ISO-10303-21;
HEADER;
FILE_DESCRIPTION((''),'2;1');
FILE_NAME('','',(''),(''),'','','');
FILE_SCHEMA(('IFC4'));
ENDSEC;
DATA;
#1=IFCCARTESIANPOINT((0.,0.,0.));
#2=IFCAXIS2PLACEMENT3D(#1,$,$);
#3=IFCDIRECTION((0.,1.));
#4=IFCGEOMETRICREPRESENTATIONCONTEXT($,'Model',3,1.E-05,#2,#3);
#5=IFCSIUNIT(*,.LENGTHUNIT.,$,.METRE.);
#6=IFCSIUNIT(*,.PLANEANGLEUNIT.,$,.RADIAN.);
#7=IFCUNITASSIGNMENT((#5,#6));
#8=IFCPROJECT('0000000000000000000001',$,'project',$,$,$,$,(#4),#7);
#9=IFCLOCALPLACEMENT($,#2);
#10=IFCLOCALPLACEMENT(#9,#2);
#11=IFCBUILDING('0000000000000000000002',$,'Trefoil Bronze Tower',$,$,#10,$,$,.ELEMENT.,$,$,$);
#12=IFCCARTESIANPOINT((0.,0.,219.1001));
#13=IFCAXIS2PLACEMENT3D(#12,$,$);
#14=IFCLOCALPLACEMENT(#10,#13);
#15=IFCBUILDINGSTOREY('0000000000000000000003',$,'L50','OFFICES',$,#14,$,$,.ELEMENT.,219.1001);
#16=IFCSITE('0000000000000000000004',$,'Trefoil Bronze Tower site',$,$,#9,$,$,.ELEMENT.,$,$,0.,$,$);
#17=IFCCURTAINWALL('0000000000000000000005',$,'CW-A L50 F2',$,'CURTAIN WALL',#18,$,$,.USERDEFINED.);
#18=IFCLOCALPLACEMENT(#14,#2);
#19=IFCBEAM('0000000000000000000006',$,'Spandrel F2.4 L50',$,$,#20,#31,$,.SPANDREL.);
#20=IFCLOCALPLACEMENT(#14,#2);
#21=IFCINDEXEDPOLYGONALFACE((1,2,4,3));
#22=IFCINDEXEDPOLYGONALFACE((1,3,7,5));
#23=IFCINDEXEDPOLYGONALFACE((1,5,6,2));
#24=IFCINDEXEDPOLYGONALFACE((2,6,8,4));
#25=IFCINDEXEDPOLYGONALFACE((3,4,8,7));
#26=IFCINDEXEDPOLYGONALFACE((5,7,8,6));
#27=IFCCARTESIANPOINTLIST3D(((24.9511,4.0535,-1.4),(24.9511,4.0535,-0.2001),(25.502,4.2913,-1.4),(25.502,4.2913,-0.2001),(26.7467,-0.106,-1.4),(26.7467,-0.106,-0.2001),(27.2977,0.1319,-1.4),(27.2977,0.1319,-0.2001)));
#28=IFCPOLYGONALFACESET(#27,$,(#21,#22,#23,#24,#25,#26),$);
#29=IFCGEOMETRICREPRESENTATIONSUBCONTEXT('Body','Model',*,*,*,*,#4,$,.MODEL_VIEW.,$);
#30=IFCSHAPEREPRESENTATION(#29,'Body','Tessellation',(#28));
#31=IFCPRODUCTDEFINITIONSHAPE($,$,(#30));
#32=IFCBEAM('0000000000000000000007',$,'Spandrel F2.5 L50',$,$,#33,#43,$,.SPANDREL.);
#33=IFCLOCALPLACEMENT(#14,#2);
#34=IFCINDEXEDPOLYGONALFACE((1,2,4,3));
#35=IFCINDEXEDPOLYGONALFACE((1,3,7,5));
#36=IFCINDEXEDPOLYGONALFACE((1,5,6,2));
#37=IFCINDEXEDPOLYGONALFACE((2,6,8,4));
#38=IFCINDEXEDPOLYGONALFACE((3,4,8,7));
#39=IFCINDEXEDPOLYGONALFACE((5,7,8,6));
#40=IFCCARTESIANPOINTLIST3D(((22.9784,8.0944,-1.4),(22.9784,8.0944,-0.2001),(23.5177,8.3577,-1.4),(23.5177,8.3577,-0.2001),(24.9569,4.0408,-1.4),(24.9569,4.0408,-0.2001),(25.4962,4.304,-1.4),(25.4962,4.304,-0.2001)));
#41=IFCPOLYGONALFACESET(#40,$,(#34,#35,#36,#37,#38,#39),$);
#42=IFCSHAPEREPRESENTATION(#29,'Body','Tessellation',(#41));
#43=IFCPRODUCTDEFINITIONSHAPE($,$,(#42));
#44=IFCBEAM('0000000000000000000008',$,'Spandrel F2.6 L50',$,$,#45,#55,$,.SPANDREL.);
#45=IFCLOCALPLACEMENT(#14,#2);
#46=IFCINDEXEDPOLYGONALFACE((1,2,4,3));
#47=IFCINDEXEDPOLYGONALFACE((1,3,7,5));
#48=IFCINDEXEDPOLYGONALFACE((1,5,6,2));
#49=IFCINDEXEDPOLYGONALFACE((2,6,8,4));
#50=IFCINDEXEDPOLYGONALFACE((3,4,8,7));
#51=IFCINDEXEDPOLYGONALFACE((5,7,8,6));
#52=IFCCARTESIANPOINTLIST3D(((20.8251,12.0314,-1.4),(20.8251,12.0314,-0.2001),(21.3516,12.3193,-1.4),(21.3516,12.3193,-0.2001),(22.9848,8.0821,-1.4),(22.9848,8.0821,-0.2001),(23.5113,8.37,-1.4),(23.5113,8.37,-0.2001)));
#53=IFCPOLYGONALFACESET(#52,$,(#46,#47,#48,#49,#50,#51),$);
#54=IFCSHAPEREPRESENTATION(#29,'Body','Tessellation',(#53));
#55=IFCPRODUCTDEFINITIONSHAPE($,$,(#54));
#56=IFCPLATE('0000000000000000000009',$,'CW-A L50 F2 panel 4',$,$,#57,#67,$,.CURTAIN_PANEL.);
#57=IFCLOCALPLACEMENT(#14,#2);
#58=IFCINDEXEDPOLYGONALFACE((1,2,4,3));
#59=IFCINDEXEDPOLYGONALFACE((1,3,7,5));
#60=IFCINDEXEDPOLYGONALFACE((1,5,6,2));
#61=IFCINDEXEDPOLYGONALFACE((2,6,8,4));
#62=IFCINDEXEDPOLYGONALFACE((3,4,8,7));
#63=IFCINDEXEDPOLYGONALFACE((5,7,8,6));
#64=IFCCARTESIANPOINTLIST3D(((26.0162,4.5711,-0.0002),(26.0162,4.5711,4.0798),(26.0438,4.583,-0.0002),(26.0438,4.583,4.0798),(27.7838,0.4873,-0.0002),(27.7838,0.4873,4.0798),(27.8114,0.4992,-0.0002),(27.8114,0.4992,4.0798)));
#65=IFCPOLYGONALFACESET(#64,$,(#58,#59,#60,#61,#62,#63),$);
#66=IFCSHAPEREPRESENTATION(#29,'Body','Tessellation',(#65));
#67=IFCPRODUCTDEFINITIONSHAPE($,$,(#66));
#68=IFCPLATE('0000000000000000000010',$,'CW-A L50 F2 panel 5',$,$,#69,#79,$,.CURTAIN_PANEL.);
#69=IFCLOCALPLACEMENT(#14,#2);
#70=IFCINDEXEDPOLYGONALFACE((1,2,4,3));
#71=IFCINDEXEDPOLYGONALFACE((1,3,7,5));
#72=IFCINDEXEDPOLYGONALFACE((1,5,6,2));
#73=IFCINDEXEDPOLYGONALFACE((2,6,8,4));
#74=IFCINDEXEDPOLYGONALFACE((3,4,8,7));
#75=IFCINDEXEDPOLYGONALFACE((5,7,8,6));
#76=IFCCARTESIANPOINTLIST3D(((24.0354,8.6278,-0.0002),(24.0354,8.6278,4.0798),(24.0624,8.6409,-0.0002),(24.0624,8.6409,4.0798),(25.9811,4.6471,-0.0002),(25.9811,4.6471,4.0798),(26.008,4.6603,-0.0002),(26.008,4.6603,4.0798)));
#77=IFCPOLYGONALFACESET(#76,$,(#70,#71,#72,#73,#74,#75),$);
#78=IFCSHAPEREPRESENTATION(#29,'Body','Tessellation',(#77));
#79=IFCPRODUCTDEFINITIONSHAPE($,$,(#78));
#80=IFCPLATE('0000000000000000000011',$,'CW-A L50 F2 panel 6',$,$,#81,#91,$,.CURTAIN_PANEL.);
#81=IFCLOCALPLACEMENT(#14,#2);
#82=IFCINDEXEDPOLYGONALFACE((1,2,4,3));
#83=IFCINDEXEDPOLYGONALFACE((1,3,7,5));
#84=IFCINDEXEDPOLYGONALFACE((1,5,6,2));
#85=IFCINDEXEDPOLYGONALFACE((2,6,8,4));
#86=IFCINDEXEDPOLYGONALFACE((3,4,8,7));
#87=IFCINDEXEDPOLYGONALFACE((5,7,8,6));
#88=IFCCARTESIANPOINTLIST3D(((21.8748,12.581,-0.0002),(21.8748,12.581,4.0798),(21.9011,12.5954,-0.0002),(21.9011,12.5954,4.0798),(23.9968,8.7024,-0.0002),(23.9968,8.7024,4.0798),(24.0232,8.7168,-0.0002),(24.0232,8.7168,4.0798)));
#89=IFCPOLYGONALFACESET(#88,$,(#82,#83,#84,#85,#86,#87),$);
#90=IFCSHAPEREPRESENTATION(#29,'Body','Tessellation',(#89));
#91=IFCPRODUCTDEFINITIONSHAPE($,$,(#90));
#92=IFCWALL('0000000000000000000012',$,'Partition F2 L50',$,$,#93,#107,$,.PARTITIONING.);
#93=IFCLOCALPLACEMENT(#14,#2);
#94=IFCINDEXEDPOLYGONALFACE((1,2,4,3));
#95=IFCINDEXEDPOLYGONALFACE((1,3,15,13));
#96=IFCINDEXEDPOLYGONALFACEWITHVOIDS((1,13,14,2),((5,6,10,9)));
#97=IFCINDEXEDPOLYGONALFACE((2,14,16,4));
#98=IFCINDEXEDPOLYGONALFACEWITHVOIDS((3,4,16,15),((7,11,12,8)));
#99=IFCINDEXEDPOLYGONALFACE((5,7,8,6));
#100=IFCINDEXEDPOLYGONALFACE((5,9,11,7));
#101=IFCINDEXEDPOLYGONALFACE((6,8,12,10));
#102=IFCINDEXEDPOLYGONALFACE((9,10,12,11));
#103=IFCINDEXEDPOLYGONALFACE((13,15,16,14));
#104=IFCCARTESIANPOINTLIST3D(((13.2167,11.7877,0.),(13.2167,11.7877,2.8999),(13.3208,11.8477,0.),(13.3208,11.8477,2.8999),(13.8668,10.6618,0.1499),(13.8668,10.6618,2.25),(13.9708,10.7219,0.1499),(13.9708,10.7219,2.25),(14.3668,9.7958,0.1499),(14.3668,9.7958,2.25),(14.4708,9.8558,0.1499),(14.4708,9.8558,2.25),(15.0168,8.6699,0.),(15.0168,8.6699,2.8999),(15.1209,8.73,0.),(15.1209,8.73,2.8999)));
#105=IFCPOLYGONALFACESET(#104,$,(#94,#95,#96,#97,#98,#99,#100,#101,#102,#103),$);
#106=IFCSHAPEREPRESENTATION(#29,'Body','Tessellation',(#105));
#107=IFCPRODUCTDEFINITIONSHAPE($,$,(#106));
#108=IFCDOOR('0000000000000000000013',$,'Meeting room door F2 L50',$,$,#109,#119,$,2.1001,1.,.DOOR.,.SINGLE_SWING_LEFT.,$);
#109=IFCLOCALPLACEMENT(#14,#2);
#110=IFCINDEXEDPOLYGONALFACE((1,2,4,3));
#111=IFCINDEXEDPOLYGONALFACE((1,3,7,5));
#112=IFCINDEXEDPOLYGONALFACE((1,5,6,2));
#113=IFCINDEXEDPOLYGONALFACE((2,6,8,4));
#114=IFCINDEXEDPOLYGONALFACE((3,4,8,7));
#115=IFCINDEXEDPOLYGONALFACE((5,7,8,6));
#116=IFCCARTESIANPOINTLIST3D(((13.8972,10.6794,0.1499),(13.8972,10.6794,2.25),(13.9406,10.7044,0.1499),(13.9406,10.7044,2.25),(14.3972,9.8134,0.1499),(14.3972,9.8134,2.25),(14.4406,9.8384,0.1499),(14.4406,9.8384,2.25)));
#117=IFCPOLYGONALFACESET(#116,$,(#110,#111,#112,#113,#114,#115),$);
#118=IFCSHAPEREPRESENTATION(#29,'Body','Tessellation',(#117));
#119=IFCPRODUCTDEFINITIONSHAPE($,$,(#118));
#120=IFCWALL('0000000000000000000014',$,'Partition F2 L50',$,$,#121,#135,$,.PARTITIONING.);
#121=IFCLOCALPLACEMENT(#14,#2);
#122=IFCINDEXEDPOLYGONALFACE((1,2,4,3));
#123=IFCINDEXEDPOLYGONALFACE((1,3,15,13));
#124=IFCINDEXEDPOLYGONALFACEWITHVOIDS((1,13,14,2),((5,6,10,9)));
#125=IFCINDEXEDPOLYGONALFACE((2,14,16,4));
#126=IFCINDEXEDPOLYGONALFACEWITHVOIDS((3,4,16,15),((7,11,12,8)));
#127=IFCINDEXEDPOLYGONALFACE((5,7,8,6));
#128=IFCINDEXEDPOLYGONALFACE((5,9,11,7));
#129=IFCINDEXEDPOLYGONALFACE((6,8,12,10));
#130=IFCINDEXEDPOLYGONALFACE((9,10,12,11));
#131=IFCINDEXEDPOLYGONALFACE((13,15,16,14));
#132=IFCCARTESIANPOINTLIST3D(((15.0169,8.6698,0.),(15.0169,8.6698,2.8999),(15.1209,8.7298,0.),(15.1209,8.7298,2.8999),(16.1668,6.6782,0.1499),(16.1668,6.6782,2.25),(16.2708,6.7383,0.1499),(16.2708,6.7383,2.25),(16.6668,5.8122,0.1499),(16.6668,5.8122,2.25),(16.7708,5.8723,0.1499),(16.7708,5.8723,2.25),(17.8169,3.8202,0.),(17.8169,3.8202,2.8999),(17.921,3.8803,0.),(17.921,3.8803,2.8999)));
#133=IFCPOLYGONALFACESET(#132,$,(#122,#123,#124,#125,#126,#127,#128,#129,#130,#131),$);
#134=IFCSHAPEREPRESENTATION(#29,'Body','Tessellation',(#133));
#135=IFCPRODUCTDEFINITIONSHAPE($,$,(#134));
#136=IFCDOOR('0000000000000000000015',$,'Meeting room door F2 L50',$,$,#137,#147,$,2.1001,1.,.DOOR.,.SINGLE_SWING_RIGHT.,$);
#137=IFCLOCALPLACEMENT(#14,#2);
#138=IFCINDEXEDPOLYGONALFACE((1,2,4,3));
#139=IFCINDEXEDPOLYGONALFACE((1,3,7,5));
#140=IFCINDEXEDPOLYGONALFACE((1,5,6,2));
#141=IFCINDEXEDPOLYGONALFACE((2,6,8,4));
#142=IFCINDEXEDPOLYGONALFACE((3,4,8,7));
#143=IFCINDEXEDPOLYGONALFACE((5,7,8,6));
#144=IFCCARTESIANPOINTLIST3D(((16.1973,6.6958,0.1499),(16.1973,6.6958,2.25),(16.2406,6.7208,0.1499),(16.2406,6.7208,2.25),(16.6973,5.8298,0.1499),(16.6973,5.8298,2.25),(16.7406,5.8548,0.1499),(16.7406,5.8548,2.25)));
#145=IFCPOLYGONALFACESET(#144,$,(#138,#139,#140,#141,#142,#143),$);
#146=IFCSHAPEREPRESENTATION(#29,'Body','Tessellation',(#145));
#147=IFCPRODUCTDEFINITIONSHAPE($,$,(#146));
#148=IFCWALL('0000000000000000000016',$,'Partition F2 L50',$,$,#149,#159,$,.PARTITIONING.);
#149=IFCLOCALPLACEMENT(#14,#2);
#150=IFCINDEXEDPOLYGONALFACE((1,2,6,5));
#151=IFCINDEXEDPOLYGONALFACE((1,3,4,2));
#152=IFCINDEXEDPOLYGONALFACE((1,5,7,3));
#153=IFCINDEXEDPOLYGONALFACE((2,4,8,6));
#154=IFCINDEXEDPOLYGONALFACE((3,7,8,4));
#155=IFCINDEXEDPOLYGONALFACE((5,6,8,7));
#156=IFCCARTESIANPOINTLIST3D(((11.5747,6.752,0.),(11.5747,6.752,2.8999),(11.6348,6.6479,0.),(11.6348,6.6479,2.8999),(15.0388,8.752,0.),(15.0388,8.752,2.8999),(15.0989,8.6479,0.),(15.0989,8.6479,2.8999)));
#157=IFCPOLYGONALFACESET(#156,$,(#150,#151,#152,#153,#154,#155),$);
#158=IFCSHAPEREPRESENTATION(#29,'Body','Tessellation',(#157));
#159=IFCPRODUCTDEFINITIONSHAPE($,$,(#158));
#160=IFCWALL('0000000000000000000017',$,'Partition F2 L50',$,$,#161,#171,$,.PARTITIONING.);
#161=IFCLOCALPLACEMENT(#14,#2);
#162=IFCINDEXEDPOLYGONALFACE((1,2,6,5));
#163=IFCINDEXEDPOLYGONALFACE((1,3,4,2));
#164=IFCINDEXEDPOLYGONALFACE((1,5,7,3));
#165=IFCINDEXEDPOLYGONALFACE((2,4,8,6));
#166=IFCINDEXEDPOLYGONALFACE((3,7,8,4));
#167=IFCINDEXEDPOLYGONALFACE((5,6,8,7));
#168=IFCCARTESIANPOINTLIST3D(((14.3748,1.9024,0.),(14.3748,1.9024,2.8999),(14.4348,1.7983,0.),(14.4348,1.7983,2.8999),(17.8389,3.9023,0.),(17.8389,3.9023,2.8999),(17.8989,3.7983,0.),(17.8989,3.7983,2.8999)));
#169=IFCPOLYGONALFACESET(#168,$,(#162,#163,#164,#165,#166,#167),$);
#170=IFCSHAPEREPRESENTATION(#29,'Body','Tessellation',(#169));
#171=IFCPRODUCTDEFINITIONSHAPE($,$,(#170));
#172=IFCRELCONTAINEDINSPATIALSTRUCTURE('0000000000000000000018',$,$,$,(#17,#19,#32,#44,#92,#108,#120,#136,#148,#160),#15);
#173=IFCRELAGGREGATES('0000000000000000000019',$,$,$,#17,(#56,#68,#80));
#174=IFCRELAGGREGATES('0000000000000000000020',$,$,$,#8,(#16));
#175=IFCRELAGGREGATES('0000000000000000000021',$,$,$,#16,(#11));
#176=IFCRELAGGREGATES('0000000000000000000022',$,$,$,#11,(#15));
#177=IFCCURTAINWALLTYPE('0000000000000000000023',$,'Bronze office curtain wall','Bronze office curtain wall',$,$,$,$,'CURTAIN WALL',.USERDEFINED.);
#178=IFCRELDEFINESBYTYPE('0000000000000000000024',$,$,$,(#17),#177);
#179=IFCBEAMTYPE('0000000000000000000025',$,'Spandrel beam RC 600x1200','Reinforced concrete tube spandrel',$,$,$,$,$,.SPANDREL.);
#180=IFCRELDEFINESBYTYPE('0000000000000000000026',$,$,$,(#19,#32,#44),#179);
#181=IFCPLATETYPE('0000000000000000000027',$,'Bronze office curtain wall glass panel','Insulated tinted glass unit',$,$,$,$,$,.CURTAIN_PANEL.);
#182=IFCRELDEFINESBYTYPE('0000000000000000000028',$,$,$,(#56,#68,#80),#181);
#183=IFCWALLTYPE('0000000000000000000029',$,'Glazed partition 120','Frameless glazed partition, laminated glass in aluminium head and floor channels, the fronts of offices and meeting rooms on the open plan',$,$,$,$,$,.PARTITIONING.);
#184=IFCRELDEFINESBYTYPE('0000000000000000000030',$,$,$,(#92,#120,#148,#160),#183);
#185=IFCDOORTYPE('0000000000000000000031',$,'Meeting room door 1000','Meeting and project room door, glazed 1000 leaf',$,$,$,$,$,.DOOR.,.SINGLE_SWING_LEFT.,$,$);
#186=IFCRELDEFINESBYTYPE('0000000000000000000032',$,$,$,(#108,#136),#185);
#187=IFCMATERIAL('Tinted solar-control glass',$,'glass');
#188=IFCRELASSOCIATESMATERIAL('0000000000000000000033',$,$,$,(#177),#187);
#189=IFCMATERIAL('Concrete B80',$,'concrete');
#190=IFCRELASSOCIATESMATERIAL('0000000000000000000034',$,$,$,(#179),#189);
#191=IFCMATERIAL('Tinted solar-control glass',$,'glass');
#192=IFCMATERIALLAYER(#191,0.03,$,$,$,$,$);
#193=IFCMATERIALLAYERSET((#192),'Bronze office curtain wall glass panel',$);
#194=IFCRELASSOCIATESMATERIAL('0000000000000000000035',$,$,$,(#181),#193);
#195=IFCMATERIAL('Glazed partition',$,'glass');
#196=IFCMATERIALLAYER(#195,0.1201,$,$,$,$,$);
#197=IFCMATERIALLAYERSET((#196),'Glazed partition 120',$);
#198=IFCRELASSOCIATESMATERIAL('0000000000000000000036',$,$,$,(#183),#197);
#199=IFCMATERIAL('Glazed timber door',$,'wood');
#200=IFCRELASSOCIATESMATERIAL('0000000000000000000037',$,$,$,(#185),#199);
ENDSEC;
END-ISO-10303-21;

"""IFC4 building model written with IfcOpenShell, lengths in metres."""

from ifc_helpers import new_model, si_unit, direction, frame, frame_2d, origin, origin_2d, place, context, subcontext, project, spatial, rectangle, extrude, material, layer, layer_set, material_profile, profile_set, type_object, element, fill, aggregate, save


model = new_model("IFC4")

# Units and contexts
model_context = context("Model", 3, precision=1e-05, world=origin(), true_north=direction((0.0, 1.0)))
body_context = subcontext(model_context, "Body", "Model", "MODEL_VIEW")
ifc_project = project(units=[si_unit("LENGTHUNIT", "METRE"), si_unit("PLANEANGLEUNIT", "RADIAN")], contexts=[model_context])

# Site, building, storey
site_placement = place(None, origin())
site = spatial("IfcSite", under=ifc_project, at=site_placement, Name="Trefoil Bronze Tower site", CompositionType="ELEMENT", RefElevation=0.0)
building_placement = place(site_placement, origin())
building = spatial("IfcBuilding", under=site, at=building_placement, Name="Trefoil Bronze Tower", CompositionType="ELEMENT")
storey_placement = place(building_placement, frame((0.0, 0.0, 219.1001)))
storey = spatial("IfcBuildingStorey", under=building, at=storey_placement, Name="L50", Description="OFFICES", CompositionType="ELEMENT", Elevation=219.1001)

# Curtain wall
ifc_material_1 = material(Name="Tinted solar-control glass", Category="glass")
curtain_wall_type = type_object("IfcCurtainWallType", Name="Bronze office curtain wall", Description="Bronze office curtain wall", ElementType="CURTAIN WALL", PredefinedType="USERDEFINED", material=ifc_material_1)
curtain_wall_placement = place(storey_placement, origin())
curtain_wall = element("IfcCurtainWall", 1, at=curtain_wall_placement, inside=storey, type_object=curtain_wall_type, Name="CW-A L50 F2", ObjectType="CURTAIN WALL", PredefinedType="USERDEFINED")

# Beams
ifc_material_2 = material(Name="Concrete B80", Category="concrete")
ifc_material_profile_1 = material_profile(ifc_material_2, rectangle(XDim=0.6001, YDim=1.2, at=origin_2d()), Name="RC 600x1200")
ifc_profile_set_1 = profile_set([ifc_material_profile_1], Name="Concrete B80")
beam_type_1 = type_object("IfcBeamType", Name="Spandrel beam RC 600x1200", Description="Reinforced concrete tube spandrel", PredefinedType="SPANDREL", material=ifc_profile_set_1)
beam_1_placement = place(storey_placement, frame((27.0222, 0.0129, -0.8), z_axis=(-0.39635, 0.918099, 0.0), x_axis=(-0.918099, -0.39635, 0.0)))
element("IfcBeam", 2, at=beam_1_placement, inside=storey, type_object=beam_type_1, Name="Spandrel F2.4 L50", PredefinedType="SPANDREL", context=body_context, shape_type="SweptSolid", body=[
    extrude(rectangle(XDim=0.6001, YDim=1.2, at=origin_2d()), origin(), (0.0, 0.0, 1.0), 4.5305),
])
beam_2_placement = place(storey_placement, frame((25.2266, 4.1724, -0.8), z_axis=(-0.43862, 0.898673, 0.0), x_axis=(-0.898673, -0.43862, 0.0)))
element("IfcBeam", 3, at=beam_2_placement, inside=storey, type_object=beam_type_1, Name="Spandrel F2.5 L50", PredefinedType="SPANDREL", context=body_context, shape_type="SweptSolid", body=[
    extrude(rectangle(XDim=0.6001, YDim=1.2, at=origin_2d()), origin(), (0.0, 0.0, 1.0), 4.5107),
])
beam_3_placement = place(storey_placement, frame((23.248, 8.2261, -0.8), z_axis=(-0.479802, 0.877377, 0.0), x_axis=(-0.877377, -0.479802, 0.0)))
element("IfcBeam", 4, at=beam_3_placement, inside=storey, type_object=beam_type_1, Name="Spandrel F2.6 L50", PredefinedType="SPANDREL", context=body_context, shape_type="SweptSolid", body=[
    extrude(rectangle(XDim=0.6001, YDim=1.2, at=origin_2d()), origin(), (0.0, 0.0, 1.0), 4.5012),
])

# Plates
ifc_material_3 = material(Name="Tinted solar-control glass", Category="glass")
ifc_layer_1 = layer(ifc_material_3, 0.03)
ifc_layer_set_1 = layer_set([ifc_layer_1], Name="Bronze office curtain wall glass panel")
plate_type = type_object("IfcPlateType", Name="Bronze office curtain wall glass panel", Description="Insulated tinted glass unit", PredefinedType="CURTAIN_PANEL", material=ifc_layer_set_1)
plate_1_placement = place(storey_placement, frame((26.9138, 2.5352, -0.0002), z_axis=(0.0, 0.0, 1.0), x_axis=(-0.39722, 0.917723, 0.0)))
plate_1 = element("IfcPlate", 5, at=plate_1_placement, type_object=plate_type, Name="CW-A L50 F2 panel 4", PredefinedType="CURTAIN_PANEL", context=body_context, shape_type="SweptSolid", body=[
    extrude(rectangle(XDim=4.45, YDim=0.03, at=origin_2d()), origin(), (0.0, 0.0, 1.0), 4.0801),
])
plate_2_placement = place(storey_placement, frame((25.0217, 6.644, -0.0002), z_axis=(0.0, 0.0, 1.0), x_axis=(-0.439129, 0.898424, 0.0)))
plate_2 = element("IfcPlate", 6, at=plate_2_placement, type_object=plate_type, Name="CW-A L50 F2 panel 5", PredefinedType="CURTAIN_PANEL", context=body_context, shape_type="SweptSolid", body=[
    extrude(rectangle(XDim=4.4307, YDim=0.03, at=origin_2d()), origin(), (0.0, 0.0, 1.0), 4.0801),
])
plate_3_placement = place(storey_placement, frame((22.949, 10.6489, -0.0002), z_axis=(0.0, 0.0, 1.0), x_axis=(-0.479974, 0.877283, 0.0)))
plate_3 = element("IfcPlate", 7, at=plate_3_placement, type_object=plate_type, Name="CW-A L50 F2 panel 6", PredefinedType="CURTAIN_PANEL", context=body_context, shape_type="SweptSolid", body=[
    extrude(rectangle(XDim=4.4211, YDim=0.03, at=origin_2d()), origin(), (0.0, 0.0, 1.0), 4.0801),
])
aggregate(curtain_wall, [plate_1, plate_2, plate_3])

# Walls, openings, doors
ifc_material_4 = material(Name="Glazed partition", Category="glass")
ifc_layer_2 = layer(ifc_material_4, 0.1201)
ifc_layer_set_2 = layer_set([ifc_layer_2], Name="Glazed partition 120")
wall_type_1 = type_object("IfcWallType", Name="Glazed partition 120", Description="Frameless glazed partition, laminated glass in aluminium head and floor channels, the fronts of offices and meeting rooms on the open plan", PredefinedType="PARTITIONING", material=ifc_layer_set_2)
wall_1_placement = place(storey_placement, frame((15.0688, 8.7, 0.0), z_axis=(0.0, 0.0, 1.0), x_axis=(-0.500012, 0.866018, 0.0)))
wall_1 = element("IfcWall", 8, at=wall_1_placement, inside=storey, type_object=wall_type_1, Name="Partition F2 L50", PredefinedType="PARTITIONING", context=body_context, shape_type="SweptSolid", body=[
    extrude(rectangle(XDim=3.6001, YDim=0.1201, at=frame_2d((1.8, 0.0))), origin(), (0.0, 0.0, 1.0), 2.8999),
])
opening_1_placement = place(wall_1_placement, frame((1.3, 0.0, 0.1499)))
opening_1 = element("IfcOpeningElement", 9, at=opening_1_placement, cuts=wall_1, PredefinedType="OPENING", context=body_context, shape_type="SweptSolid", body=[
    extrude(rectangle(XDim=1.0, YDim=2.1001, at=frame_2d((0.5, 1.05))), frame((0.0, 0.0701, 0.0), z_axis=(0.0, -1.0, 0.0), x_axis=(1.0, 0.0, 0.0)), (0.0, 0.0, 1.0), 0.1401),
])
ifc_material_5 = material(Name="Glazed timber door", Category="wood")
door_type_1 = type_object("IfcDoorType", Name="Meeting room door 1000", Description="Meeting and project room door, glazed 1000 leaf", OperationType="SINGLE_SWING_LEFT", PredefinedType="DOOR", material=ifc_material_5)
door_1_placement = place(opening_1_placement, origin())
door_1 = element("IfcDoor", 10, at=door_1_placement, inside=storey, type_object=door_type_1, Name="Meeting room door F2 L50", OperationType="SINGLE_SWING_LEFT", OverallHeight=2.1001, OverallWidth=1.0, PredefinedType="DOOR", context=body_context, shape_type="SweptSolid", body=[
    extrude(rectangle(XDim=1.0, YDim=2.1001, at=frame_2d((0.5, 1.05))), frame((0.0, 0.0249, 0.0), z_axis=(0.0, -1.0, 0.0), x_axis=(1.0, 0.0, 0.0)), (0.0, 0.0, 1.0), 0.05),
])
fill(opening_1, door_1)
wall_2_placement = place(storey_placement, frame((17.8689, 3.8503, 0.0), z_axis=(0.0, 0.0, 1.0), x_axis=(-0.500017, 0.866016, 0.0)))
wall_2 = element("IfcWall", 11, at=wall_2_placement, inside=storey, type_object=wall_type_1, Name="Partition F2 L50", PredefinedType="PARTITIONING", context=body_context, shape_type="SweptSolid", body=[
    extrude(rectangle(XDim=5.5999, YDim=0.1201, at=frame_2d((2.7998, 0.0))), origin(), (0.0, 0.0, 1.0), 2.8999),
])
opening_2_placement = place(wall_2_placement, frame((2.3, 0.0, 0.1499)))
opening_2 = element("IfcOpeningElement", 12, at=opening_2_placement, cuts=wall_2, PredefinedType="OPENING", context=body_context, shape_type="SweptSolid", body=[
    extrude(rectangle(XDim=1.0, YDim=2.1001, at=frame_2d((0.5, 1.05))), frame((0.0, 0.0701, 0.0), z_axis=(0.0, -1.0, 0.0), x_axis=(1.0, 0.0, 0.0)), (0.0, 0.0, 1.0), 0.1401),
])
door_2_placement = place(opening_2_placement, origin())
door_2 = element("IfcDoor", 13, at=door_2_placement, inside=storey, type_object=door_type_1, Name="Meeting room door F2 L50", OperationType="SINGLE_SWING_RIGHT", OverallHeight=2.1001, OverallWidth=1.0, PredefinedType="DOOR", context=body_context, shape_type="SweptSolid", body=[
    extrude(rectangle(XDim=1.0, YDim=2.1001, at=frame_2d((0.5, 1.05))), frame((0.0, 0.0249, 0.0), z_axis=(0.0, -1.0, 0.0), x_axis=(1.0, 0.0, 0.0)), (0.0, 0.0, 1.0), 0.05),
])
fill(opening_2, door_2)

# Walls
for number, where, z_axis, x_axis, name in (
    (14, (11.6047, 6.7, 0.0), (0.0, 0.0, 1.0), (0.866026, 0.499999, 0.0), "Partition F2 L50"),
    (15, (14.4048, 1.8503, 0.0), (0.0, 0.0, 1.0), (0.866026, 0.499999, 0.0), "Partition F2 L50"),
):
    element("IfcWall", number, at=place(storey_placement, frame(where, z_axis=z_axis, x_axis=x_axis)), inside=storey, type_object=wall_type_1, Name=name, PredefinedType="PARTITIONING", context=body_context, shape_type="SweptSolid", body=[
        extrude(rectangle(XDim=4.0, YDim=0.1201, at=frame_2d((2.0, 0.0))), origin(), (0.0, 0.0, 1.0), 2.8999),
    ])

save(model, "model.ifc")
